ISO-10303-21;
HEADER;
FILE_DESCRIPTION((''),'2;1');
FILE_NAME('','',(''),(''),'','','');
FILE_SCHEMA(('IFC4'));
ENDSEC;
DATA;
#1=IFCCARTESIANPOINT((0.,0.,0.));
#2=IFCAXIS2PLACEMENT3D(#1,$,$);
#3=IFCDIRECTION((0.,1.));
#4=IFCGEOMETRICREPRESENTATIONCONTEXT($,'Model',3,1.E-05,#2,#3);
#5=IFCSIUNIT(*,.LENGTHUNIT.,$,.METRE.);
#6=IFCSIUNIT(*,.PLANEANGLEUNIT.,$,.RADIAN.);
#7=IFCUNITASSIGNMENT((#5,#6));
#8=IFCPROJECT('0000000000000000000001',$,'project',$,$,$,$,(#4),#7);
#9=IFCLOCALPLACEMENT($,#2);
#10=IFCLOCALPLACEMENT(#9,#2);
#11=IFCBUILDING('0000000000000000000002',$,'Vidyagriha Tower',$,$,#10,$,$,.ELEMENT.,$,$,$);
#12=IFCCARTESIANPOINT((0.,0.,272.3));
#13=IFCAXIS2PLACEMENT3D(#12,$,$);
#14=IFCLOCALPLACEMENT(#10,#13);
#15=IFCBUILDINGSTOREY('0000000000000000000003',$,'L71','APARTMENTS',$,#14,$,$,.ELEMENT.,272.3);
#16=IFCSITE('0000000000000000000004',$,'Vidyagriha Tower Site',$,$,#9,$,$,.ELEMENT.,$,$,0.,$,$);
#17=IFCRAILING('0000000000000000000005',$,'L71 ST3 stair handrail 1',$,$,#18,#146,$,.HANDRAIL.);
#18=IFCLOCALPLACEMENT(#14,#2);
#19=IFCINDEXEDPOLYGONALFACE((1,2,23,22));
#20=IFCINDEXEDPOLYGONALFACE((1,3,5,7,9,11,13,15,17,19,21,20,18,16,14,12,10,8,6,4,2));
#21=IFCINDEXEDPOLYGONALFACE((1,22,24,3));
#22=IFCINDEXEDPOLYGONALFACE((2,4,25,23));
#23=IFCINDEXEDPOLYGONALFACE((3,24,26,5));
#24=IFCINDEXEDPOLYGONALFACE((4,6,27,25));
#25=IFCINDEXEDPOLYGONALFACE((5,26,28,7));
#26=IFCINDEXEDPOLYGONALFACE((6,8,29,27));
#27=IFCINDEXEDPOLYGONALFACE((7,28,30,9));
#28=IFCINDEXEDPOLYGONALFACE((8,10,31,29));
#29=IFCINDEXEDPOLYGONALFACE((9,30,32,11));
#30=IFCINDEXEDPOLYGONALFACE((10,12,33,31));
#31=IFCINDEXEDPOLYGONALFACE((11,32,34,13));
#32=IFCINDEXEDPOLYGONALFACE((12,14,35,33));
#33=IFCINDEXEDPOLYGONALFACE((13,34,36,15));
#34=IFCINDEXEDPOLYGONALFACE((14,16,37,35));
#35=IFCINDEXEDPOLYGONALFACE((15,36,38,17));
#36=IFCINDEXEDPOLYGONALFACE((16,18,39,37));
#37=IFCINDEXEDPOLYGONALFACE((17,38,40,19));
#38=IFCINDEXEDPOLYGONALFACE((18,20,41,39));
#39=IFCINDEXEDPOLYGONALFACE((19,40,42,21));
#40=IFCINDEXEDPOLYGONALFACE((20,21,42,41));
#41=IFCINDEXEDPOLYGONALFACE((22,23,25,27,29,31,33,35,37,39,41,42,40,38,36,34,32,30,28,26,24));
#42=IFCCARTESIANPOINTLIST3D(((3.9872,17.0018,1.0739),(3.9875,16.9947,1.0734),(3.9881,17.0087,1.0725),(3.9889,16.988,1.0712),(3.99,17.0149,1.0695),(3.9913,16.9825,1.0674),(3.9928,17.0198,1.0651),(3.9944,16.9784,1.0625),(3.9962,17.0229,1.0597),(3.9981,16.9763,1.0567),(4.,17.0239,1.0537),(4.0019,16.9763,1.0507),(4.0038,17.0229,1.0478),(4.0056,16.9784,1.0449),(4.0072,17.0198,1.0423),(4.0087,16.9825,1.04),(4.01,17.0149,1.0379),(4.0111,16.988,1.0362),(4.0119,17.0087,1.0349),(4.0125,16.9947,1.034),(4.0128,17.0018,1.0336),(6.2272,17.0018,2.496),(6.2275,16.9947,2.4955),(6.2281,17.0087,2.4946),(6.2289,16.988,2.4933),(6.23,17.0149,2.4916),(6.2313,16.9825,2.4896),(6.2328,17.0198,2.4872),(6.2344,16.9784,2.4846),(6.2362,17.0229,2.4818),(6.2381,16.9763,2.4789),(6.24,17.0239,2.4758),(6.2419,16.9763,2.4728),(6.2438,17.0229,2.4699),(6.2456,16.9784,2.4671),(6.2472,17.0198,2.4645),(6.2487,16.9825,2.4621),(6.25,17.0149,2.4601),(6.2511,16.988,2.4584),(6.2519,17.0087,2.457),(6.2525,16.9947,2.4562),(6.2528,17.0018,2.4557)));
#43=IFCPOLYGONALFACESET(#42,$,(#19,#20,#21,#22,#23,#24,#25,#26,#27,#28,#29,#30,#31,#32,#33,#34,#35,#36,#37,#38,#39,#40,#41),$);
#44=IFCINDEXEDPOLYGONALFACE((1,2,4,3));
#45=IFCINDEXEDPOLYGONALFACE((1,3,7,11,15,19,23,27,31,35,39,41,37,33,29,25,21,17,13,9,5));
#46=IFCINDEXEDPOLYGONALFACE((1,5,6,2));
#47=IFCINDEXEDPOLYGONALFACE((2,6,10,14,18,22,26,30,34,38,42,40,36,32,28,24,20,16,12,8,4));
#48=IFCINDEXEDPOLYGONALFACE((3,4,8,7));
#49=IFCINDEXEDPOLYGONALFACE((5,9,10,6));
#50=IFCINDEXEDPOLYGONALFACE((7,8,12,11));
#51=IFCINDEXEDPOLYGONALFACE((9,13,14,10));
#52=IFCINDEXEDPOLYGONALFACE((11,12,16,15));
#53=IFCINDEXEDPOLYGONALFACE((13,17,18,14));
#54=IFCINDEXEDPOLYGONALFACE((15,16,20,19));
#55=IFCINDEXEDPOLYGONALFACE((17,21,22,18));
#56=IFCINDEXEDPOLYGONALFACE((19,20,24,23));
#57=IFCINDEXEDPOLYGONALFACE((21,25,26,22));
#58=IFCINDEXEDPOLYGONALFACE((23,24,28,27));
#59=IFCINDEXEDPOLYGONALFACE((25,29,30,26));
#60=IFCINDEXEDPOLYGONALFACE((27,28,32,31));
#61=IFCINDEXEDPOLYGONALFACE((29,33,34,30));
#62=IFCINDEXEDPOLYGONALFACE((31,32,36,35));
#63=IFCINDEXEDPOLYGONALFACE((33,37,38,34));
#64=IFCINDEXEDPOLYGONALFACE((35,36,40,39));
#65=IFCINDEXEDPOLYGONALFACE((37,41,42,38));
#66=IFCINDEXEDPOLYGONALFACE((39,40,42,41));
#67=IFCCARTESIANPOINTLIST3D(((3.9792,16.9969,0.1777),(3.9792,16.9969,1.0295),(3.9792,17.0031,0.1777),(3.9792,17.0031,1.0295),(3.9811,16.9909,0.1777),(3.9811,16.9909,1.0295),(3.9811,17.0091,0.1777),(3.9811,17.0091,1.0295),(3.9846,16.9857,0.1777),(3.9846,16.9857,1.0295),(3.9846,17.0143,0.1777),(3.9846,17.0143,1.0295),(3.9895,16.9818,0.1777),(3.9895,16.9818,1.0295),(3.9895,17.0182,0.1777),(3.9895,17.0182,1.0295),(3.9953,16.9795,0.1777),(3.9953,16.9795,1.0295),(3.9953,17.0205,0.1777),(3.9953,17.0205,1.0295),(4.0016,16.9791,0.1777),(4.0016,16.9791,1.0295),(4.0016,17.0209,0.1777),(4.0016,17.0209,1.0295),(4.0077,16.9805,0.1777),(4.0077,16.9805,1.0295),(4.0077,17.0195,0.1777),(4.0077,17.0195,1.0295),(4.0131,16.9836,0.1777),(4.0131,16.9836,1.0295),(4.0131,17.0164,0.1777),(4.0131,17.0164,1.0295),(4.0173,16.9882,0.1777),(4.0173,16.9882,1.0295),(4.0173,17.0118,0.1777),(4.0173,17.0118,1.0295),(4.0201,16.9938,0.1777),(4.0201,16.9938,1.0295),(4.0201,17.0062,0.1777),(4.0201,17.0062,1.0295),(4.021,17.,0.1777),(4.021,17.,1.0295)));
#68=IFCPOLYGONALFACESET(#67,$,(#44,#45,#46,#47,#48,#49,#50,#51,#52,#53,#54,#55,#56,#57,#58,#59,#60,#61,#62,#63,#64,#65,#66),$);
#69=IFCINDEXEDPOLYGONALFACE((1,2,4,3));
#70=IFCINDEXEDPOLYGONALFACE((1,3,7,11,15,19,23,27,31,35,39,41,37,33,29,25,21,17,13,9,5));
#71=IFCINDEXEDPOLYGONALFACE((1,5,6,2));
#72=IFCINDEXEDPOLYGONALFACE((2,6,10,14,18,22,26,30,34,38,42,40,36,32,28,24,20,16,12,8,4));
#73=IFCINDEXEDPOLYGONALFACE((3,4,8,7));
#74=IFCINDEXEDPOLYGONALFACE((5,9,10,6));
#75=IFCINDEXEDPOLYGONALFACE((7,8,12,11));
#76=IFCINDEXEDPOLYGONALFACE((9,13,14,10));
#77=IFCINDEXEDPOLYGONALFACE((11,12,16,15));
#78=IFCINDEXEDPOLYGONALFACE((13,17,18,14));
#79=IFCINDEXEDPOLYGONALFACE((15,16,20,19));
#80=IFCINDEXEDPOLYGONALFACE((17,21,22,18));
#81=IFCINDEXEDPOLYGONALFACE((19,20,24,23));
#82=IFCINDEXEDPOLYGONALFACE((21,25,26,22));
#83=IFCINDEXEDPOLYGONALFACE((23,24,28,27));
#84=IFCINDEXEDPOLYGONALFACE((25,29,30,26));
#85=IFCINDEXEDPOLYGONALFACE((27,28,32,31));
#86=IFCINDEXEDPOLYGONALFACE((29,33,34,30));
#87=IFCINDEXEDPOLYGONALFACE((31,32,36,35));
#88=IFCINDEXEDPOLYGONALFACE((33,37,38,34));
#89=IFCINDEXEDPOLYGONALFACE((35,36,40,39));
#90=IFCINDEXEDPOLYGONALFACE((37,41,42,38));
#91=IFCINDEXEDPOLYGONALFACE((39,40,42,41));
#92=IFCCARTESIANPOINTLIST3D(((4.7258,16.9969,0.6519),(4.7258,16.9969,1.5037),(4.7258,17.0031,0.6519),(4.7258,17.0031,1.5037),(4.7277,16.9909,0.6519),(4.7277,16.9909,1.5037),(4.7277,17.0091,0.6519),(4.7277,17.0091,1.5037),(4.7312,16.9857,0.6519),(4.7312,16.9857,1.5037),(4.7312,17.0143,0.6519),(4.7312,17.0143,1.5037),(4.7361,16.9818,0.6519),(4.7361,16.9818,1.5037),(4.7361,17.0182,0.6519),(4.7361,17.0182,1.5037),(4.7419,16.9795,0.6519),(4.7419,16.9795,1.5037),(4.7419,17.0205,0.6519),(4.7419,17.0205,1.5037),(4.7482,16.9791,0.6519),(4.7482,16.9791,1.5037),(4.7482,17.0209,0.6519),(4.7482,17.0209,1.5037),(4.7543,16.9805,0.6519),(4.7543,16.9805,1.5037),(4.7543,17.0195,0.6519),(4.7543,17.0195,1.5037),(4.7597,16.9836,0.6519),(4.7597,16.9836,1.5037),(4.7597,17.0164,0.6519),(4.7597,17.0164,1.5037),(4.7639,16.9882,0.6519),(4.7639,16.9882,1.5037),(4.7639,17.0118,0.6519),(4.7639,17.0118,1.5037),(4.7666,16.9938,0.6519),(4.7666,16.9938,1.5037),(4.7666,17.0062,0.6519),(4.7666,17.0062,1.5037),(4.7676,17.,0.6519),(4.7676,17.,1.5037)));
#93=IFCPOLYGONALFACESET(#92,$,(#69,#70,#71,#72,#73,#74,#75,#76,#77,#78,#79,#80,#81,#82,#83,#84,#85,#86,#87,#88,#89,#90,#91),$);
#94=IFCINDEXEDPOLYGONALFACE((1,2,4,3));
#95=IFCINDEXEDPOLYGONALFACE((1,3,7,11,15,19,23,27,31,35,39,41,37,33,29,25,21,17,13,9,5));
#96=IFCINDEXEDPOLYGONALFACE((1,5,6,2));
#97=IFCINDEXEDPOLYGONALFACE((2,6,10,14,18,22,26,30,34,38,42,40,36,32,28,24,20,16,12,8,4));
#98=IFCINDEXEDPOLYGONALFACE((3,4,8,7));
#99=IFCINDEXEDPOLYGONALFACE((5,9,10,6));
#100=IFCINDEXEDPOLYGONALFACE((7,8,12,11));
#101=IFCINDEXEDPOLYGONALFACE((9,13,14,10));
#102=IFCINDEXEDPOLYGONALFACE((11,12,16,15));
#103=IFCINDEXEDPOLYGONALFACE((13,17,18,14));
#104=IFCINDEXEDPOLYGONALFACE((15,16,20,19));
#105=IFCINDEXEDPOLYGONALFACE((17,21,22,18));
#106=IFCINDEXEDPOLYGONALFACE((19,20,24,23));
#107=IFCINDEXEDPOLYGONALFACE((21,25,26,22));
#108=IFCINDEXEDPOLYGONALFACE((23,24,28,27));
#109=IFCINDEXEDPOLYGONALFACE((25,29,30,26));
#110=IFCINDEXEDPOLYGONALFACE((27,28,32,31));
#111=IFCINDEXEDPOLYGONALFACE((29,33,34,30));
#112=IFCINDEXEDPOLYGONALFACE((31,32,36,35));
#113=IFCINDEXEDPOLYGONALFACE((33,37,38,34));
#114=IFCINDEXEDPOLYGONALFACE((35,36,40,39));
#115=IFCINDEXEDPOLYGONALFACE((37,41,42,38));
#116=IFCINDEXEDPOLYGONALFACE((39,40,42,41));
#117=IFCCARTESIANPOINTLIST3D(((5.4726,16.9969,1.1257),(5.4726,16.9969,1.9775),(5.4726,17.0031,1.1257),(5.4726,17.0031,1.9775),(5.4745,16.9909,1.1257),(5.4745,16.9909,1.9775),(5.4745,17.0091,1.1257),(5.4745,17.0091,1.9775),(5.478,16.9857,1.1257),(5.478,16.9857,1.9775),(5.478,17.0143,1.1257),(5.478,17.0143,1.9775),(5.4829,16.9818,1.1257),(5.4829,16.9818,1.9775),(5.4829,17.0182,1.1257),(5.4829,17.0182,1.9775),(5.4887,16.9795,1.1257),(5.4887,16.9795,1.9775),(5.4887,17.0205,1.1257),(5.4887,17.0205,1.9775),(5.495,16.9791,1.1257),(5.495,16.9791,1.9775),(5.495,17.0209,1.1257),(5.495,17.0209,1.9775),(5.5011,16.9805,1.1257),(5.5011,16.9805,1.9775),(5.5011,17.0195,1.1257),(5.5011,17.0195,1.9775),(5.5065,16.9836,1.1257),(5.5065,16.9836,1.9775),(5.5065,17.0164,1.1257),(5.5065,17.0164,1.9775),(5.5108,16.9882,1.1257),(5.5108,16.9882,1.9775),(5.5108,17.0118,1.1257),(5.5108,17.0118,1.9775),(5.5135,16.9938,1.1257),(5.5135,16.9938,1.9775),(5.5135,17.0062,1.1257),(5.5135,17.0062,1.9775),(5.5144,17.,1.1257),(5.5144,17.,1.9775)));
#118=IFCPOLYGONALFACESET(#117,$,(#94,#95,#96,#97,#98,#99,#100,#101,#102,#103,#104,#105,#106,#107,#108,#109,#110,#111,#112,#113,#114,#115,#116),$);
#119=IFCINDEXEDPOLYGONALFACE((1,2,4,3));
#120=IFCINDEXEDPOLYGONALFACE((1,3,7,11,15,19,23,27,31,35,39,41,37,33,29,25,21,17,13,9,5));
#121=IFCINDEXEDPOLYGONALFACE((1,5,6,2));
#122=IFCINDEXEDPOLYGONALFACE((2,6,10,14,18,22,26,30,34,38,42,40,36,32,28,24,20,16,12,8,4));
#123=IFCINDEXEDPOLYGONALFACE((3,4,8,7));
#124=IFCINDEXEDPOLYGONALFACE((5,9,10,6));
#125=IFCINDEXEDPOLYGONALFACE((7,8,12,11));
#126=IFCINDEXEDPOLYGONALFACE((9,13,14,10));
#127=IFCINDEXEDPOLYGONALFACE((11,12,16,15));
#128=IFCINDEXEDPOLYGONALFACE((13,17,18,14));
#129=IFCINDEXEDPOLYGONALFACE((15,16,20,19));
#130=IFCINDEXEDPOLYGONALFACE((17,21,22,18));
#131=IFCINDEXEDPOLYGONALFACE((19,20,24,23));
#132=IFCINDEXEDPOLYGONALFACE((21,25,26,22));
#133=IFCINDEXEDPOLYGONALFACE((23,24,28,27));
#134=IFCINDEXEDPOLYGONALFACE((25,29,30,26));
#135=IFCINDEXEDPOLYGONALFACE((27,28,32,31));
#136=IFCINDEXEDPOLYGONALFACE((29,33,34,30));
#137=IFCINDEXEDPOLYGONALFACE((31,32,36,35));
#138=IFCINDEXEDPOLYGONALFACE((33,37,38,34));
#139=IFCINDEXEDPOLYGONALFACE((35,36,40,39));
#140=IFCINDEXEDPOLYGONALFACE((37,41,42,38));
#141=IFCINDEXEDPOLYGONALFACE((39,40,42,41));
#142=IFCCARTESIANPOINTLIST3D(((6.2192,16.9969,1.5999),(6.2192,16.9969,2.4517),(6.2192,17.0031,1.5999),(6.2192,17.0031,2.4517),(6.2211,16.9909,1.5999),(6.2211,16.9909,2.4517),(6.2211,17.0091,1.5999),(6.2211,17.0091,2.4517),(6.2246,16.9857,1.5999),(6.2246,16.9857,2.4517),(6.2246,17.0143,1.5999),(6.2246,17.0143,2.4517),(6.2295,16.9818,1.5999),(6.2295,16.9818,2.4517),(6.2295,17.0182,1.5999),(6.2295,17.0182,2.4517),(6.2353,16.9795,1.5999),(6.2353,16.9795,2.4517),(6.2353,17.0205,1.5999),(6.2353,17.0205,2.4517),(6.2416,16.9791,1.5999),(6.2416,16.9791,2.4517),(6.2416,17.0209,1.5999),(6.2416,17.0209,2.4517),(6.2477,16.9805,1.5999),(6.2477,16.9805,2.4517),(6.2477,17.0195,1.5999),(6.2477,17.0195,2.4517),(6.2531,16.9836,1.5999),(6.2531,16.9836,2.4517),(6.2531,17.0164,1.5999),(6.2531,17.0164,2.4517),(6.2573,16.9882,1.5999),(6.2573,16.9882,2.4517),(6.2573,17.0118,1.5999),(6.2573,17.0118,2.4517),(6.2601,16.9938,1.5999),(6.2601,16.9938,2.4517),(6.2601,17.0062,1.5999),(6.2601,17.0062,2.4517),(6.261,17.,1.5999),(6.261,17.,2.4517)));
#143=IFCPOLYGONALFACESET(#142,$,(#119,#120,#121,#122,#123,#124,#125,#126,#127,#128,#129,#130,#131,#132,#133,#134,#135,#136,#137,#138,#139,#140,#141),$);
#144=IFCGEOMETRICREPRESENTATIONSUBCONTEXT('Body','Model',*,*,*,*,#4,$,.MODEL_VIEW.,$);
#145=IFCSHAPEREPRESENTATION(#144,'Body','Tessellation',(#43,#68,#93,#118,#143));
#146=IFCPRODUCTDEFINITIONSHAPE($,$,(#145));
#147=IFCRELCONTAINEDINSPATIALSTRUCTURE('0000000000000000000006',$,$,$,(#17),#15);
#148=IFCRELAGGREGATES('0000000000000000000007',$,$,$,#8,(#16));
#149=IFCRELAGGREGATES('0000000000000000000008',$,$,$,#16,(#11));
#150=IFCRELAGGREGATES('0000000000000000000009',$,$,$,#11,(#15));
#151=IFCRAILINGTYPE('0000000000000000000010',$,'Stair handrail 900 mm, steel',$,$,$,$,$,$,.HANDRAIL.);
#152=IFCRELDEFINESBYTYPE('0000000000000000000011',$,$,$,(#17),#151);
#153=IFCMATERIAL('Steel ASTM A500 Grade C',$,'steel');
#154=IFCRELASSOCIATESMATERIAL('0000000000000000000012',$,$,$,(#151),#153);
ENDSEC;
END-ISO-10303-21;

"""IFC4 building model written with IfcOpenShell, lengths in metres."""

from ifc_helpers import new_model, si_unit, direction, frame, origin, origin_2d, place, context, subcontext, project, spatial, circle, extrude, material, type_object, element, save


model = new_model("IFC4")

# Units and contexts
model_context = context("Model", 3, precision=1e-05, world=origin(), true_north=direction((0.0, 1.0)))
body_context = subcontext(model_context, "Body", "Model", "MODEL_VIEW")
ifc_project = project(units=[si_unit("LENGTHUNIT", "METRE"), si_unit("PLANEANGLEUNIT", "RADIAN")], contexts=[model_context])

# Site, building, storey
site_placement = place(None, origin())
site = spatial("IfcSite", under=ifc_project, at=site_placement, Name="Vidyagriha Tower Site", CompositionType="ELEMENT", RefElevation=0.0)
building_placement = place(site_placement, origin())
building = spatial("IfcBuilding", under=site, at=building_placement, Name="Vidyagriha Tower", CompositionType="ELEMENT")
storey_placement = place(building_placement, frame((0.0, 0.0, 272.3)))
storey = spatial("IfcBuildingStorey", under=building, at=storey_placement, Name="L71", Description="APARTMENTS", CompositionType="ELEMENT", Elevation=272.3)

# Railing
ifc_material_1 = material(Name="Steel ASTM A500 Grade C", Category="steel")
railing_type = type_object("IfcRailingType", Name="Stair handrail 900 mm, steel", PredefinedType="HANDRAIL", material=ifc_material_1)
railing_placement = place(storey_placement, frame((4.0, 17.0, 0.1777)))
element("IfcRailing", 1, at=railing_placement, inside=storey, type_object=railing_type, Name="L71 ST3 stair handrail 1", PredefinedType="HANDRAIL", context=body_context, shape_type="SweptSolid", body=[
    extrude(circle(Radius=0.0239, at=origin_2d()), frame((0.0, 0.0, 0.876), z_axis=(0.844229, 0.0, 0.535982), x_axis=(0.0, 1.0, 0.0)), (0.0, 0.0, 1.0), 2.6533),
    extrude(circle(Radius=0.021, at=origin_2d()), origin(), (0.0, 0.0, 1.0), 0.8518),
    extrude(circle(Radius=0.021, at=origin_2d()), frame((0.7466, 0.0, 0.4741)), (0.0, 0.0, 1.0), 0.8518),
    extrude(circle(Radius=0.021, at=origin_2d()), frame((1.4934, 0.0, 0.948)), (0.0, 0.0, 1.0), 0.8518),
    extrude(circle(Radius=0.021, at=origin_2d()), frame((2.24, 0.0, 1.4221)), (0.0, 0.0, 1.0), 0.8518),
])

save(model, "model.ifc")
